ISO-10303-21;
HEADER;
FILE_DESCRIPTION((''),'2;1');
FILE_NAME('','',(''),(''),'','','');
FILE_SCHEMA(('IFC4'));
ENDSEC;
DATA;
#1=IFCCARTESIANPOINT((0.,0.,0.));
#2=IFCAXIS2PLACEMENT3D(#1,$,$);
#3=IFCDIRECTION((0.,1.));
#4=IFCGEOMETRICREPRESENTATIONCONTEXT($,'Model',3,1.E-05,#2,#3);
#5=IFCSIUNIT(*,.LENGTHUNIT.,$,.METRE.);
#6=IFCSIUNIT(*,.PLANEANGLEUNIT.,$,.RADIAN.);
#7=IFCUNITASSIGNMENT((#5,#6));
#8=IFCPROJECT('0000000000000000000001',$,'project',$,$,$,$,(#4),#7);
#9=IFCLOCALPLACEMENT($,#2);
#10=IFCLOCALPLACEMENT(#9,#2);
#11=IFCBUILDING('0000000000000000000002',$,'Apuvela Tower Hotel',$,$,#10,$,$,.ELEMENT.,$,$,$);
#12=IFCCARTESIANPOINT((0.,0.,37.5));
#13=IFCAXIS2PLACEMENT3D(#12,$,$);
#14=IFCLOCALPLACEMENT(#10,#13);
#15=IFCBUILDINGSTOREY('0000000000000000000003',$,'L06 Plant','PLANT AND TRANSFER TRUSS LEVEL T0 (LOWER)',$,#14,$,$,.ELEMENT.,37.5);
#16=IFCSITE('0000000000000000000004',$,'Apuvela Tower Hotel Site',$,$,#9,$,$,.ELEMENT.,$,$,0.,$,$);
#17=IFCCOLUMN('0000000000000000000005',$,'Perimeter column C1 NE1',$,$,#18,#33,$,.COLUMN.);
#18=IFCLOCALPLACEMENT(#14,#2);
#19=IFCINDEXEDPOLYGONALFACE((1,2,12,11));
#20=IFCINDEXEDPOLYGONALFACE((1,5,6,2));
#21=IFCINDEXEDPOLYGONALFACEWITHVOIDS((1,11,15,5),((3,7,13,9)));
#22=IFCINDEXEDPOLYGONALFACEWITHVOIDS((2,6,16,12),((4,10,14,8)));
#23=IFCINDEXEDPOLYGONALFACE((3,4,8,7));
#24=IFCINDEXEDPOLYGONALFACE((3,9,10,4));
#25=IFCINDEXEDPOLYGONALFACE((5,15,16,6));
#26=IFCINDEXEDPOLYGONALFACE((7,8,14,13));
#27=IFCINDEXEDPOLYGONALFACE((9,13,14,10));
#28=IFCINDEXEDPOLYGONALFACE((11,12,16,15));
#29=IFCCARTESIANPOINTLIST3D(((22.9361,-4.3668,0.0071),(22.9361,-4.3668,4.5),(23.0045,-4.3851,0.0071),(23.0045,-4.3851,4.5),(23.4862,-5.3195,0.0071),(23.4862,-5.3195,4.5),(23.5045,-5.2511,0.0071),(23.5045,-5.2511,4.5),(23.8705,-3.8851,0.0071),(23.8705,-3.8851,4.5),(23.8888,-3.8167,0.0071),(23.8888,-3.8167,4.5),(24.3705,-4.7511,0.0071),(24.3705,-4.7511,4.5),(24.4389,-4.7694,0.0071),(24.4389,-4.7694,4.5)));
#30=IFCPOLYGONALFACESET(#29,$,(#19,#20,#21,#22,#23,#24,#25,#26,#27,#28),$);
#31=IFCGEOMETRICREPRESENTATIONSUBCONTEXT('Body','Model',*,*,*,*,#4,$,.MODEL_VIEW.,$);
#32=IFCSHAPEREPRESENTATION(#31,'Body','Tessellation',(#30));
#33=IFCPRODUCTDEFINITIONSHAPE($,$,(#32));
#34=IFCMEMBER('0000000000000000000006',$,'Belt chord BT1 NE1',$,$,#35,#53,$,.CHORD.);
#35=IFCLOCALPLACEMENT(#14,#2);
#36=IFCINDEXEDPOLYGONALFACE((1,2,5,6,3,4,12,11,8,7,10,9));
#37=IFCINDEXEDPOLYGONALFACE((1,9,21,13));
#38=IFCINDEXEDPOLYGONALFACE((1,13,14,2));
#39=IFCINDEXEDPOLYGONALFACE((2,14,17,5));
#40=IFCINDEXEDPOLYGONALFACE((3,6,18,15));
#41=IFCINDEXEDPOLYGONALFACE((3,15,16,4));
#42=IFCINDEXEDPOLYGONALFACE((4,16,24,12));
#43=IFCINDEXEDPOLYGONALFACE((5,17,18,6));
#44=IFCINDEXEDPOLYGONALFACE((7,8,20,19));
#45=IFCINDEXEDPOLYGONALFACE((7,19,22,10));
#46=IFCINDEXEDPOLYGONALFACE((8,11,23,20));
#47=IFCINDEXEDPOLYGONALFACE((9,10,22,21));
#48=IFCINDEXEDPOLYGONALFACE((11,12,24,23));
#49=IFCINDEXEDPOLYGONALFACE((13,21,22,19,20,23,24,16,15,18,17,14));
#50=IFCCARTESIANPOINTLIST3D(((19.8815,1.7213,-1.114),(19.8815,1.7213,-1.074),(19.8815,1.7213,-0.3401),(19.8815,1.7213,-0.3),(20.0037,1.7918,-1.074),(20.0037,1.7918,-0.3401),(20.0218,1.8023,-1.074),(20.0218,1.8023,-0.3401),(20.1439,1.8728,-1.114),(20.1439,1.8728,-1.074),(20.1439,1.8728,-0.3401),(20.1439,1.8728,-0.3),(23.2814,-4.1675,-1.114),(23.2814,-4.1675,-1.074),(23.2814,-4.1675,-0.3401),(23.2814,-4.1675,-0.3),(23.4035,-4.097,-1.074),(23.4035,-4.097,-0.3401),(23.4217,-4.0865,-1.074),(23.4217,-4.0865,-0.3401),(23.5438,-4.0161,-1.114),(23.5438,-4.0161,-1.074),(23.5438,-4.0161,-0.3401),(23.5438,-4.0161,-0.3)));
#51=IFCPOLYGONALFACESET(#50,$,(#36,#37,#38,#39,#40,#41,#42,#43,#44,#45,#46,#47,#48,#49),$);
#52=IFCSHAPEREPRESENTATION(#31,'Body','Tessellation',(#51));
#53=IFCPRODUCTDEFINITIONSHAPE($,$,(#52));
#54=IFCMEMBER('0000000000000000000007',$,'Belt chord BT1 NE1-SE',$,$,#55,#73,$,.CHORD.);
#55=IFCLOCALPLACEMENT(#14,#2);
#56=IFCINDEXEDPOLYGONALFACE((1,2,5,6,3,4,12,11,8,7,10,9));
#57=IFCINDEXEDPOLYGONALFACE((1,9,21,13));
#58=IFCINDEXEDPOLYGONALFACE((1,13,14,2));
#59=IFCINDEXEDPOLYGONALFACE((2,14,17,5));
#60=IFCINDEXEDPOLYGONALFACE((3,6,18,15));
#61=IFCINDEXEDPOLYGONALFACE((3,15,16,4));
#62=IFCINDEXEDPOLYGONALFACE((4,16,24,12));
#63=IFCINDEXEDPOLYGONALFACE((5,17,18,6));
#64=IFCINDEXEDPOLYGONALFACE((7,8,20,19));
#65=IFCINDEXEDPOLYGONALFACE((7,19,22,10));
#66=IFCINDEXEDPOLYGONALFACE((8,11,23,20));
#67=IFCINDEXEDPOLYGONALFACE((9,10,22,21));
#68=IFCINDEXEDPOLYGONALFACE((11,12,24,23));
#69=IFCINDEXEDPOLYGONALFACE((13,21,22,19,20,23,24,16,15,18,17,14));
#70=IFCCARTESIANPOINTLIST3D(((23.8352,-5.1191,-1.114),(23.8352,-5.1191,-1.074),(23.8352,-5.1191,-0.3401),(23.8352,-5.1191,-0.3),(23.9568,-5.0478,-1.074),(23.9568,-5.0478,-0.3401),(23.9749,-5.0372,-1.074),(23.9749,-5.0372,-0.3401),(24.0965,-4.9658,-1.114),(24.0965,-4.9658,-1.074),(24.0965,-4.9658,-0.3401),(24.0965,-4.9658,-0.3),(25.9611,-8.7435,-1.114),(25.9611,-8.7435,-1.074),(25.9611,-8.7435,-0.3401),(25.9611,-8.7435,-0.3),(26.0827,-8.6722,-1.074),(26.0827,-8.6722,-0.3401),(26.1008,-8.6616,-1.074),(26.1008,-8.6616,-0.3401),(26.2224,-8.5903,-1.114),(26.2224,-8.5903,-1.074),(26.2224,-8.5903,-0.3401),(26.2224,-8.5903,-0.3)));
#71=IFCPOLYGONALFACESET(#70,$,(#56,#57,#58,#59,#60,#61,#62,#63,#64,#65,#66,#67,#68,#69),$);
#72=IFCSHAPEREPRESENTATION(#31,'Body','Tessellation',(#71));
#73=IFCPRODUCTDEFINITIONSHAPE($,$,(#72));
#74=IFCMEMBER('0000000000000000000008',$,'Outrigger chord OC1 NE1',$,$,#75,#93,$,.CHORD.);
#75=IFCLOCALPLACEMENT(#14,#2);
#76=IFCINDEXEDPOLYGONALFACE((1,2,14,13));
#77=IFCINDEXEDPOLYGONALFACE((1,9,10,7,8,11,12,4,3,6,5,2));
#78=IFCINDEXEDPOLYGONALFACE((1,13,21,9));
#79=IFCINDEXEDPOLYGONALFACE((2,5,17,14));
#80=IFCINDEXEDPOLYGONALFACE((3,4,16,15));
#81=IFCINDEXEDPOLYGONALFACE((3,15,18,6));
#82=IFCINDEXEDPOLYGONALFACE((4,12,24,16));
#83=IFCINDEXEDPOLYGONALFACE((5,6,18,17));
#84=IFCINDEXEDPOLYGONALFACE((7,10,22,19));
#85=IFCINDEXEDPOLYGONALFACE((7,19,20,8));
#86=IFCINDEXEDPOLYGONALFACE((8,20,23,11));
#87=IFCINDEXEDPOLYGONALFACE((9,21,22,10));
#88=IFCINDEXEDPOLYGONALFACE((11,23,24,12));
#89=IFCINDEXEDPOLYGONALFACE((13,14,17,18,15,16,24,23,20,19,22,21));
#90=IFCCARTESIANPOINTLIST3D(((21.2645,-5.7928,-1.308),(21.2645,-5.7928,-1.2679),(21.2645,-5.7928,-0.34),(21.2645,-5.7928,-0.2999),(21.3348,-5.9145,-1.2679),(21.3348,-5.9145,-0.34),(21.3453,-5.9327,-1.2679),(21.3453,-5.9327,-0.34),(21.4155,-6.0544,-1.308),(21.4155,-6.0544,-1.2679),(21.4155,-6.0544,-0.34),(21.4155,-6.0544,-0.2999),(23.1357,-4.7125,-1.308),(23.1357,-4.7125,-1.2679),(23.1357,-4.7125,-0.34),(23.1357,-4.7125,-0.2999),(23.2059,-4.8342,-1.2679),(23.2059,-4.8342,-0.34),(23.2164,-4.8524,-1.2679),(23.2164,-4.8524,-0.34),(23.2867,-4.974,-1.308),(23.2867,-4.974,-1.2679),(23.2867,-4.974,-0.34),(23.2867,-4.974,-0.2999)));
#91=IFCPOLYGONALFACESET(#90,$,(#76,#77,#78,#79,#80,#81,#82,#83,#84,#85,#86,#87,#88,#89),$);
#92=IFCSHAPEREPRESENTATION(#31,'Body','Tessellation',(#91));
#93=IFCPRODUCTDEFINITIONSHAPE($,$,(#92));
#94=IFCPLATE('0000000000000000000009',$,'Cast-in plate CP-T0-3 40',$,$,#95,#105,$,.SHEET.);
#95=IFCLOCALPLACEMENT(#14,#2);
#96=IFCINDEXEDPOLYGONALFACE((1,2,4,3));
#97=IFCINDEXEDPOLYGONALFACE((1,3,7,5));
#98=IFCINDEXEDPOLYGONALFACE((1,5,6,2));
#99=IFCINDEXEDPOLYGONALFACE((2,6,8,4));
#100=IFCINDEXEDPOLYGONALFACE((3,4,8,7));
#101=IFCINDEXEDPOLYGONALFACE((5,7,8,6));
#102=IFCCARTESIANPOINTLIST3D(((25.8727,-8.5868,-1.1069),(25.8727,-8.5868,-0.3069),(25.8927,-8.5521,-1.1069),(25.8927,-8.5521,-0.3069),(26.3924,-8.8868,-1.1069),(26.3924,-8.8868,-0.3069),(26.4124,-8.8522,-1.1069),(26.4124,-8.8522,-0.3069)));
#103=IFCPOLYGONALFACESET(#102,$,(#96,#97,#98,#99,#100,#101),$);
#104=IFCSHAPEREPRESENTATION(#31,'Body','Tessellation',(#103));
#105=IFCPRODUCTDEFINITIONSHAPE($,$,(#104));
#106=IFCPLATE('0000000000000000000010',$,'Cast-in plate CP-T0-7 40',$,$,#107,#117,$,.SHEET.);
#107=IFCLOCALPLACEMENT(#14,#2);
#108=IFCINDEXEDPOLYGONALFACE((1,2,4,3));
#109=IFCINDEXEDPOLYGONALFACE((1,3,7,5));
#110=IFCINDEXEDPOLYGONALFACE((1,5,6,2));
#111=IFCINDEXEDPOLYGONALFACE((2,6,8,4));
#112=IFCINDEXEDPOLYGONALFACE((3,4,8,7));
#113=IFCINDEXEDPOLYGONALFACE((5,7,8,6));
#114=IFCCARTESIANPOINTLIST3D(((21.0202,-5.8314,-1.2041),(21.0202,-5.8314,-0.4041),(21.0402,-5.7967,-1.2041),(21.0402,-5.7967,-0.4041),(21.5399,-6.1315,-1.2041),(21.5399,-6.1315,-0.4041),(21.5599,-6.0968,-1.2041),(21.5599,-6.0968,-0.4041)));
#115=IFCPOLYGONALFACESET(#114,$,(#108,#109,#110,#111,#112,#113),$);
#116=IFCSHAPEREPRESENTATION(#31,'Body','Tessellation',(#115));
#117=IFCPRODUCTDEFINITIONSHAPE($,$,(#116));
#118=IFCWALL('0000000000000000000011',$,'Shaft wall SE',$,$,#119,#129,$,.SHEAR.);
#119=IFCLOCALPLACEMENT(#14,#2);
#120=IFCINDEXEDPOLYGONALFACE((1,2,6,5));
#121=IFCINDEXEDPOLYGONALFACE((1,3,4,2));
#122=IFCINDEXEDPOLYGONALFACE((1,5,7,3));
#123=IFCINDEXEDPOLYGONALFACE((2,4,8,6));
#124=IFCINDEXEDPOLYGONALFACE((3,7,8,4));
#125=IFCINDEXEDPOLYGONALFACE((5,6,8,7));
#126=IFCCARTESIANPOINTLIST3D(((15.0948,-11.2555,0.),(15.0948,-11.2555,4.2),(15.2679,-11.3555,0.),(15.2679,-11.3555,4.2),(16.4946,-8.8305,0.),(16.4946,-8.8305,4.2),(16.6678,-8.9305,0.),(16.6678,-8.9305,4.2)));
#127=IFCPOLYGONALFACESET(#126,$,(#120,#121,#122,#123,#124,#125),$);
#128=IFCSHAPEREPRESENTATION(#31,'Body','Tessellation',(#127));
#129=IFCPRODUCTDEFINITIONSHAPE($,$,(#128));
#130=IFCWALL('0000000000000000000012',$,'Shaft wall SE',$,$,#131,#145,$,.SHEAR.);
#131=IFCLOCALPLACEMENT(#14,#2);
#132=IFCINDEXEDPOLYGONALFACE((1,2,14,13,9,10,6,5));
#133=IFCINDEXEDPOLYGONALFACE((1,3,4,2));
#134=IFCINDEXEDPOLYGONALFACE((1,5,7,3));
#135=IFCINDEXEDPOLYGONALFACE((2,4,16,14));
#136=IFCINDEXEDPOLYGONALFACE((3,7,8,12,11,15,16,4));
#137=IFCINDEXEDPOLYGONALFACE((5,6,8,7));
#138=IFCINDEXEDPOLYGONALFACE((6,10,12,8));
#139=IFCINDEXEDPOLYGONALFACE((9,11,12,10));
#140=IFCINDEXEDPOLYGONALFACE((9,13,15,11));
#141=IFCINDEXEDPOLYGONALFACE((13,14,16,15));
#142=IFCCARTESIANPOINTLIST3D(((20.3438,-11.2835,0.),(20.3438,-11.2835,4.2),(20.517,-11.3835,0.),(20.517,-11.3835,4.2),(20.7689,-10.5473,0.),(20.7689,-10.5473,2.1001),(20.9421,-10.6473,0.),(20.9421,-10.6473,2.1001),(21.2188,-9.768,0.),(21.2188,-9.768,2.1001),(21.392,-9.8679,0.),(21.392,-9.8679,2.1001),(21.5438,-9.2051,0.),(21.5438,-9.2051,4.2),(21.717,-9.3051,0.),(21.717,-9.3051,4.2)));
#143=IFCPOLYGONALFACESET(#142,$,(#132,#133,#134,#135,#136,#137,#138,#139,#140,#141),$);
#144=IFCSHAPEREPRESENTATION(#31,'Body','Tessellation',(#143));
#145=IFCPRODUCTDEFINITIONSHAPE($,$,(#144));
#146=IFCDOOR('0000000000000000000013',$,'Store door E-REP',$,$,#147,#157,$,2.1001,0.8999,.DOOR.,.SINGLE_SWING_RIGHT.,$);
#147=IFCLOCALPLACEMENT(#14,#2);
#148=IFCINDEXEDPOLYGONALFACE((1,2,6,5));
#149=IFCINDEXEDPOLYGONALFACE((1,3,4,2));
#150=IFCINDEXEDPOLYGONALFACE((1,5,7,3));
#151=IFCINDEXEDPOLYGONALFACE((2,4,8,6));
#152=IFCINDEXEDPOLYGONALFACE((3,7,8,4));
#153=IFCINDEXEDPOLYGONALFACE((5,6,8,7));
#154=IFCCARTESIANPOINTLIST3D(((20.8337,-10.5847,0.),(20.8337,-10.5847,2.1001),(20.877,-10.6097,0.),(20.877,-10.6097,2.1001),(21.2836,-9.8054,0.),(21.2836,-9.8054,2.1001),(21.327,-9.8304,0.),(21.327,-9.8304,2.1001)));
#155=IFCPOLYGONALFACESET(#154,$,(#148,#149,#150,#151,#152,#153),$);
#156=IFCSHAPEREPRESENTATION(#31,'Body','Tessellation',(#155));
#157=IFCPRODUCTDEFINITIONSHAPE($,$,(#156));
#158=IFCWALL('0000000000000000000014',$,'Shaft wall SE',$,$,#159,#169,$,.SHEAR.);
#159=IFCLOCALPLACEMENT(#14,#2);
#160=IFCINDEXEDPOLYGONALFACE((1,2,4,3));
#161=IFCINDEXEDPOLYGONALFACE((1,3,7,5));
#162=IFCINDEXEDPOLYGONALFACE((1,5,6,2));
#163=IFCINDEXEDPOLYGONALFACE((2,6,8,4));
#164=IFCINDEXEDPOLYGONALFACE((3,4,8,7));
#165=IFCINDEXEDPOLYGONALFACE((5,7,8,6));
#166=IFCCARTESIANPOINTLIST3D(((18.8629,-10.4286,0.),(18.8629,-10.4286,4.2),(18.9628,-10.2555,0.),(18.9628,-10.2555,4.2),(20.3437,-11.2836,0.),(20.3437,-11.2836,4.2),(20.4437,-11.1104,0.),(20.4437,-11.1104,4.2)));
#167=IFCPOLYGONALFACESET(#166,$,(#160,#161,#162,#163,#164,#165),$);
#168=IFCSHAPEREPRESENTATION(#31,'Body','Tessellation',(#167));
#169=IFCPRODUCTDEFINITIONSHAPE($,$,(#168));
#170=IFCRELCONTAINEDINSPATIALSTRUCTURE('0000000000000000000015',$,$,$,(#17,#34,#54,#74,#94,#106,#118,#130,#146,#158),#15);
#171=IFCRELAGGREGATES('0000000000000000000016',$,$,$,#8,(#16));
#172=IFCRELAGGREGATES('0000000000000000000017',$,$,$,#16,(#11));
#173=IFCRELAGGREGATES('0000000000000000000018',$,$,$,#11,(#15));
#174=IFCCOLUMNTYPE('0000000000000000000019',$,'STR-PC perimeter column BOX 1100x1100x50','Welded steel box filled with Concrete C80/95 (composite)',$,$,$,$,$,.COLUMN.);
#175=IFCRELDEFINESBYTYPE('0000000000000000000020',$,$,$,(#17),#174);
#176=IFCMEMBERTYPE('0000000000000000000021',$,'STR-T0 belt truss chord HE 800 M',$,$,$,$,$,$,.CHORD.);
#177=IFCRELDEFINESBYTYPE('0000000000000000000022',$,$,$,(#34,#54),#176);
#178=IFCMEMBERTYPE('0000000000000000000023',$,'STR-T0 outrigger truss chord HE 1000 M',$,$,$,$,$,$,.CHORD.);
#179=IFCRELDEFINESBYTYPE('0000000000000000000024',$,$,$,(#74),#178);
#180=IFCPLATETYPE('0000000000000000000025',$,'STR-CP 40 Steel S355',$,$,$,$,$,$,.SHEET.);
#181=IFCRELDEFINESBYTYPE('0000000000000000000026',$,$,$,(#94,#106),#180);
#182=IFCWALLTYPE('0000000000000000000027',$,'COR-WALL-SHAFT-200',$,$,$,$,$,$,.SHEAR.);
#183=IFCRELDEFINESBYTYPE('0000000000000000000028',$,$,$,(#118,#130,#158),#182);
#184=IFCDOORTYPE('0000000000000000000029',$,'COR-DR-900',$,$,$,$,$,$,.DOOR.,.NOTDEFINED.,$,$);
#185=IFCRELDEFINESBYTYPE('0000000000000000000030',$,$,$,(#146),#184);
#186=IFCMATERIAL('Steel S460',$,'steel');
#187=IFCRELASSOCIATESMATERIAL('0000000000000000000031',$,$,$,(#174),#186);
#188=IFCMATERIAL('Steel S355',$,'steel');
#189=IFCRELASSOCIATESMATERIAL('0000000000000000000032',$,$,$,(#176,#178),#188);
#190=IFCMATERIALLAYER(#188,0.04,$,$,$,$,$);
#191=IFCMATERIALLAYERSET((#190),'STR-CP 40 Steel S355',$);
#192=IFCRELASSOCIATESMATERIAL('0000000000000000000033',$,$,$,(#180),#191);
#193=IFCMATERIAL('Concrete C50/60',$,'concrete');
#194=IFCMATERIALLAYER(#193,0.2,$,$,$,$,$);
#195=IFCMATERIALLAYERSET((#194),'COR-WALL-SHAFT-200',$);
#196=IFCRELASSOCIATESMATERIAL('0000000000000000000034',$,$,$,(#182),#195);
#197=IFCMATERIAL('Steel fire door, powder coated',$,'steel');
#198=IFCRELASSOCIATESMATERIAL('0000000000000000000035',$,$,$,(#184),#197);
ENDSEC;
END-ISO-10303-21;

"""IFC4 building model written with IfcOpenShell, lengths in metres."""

from ifc_helpers import new_model, si_unit, direction, frame, frame_2d, origin, origin_2d, place, context, subcontext, project, spatial, rectangle, hollow_rectangle, i_section, extrude, boolean, halfspace, material, layer, layer_set, material_profile, profile_set, type_object, element, fill, save


model = new_model("IFC4")

# Units and contexts
model_context = context("Model", 3, precision=1e-05, world=origin(), true_north=direction((0.0, 1.0)))
body_context = subcontext(model_context, "Body", "Model", "MODEL_VIEW")
ifc_project = project(units=[si_unit("LENGTHUNIT", "METRE"), si_unit("PLANEANGLEUNIT", "RADIAN")], contexts=[model_context])

# Site, building, storey
site_placement = place(None, origin())
site = spatial("IfcSite", under=ifc_project, at=site_placement, Name="Apuvela Tower Hotel Site", CompositionType="ELEMENT", RefElevation=0.0)
building_placement = place(site_placement, origin())
building = spatial("IfcBuilding", under=site, at=building_placement, Name="Apuvela Tower Hotel", CompositionType="ELEMENT")
storey_placement = place(building_placement, frame((0.0, 0.0, 37.5)))
storey = spatial("IfcBuildingStorey", under=building, at=storey_placement, Name="L06 Plant", Description="PLANT AND TRANSFER TRUSS LEVEL T0 (LOWER)", CompositionType="ELEMENT", Elevation=37.5)

# Column
ifc_material_1 = material(Name="Steel S460", Category="steel")
ifc_material_profile_1 = material_profile(ifc_material_1, hollow_rectangle(XDim=1.1001, YDim=1.1001, WallThickness=0.05, at=origin_2d()), Name="BOX 1100x1100x50")
ifc_material_2 = material(Name="Concrete C80/95", Category="concrete")
ifc_material_profile_2 = material_profile(ifc_material_2, rectangle(XDim=1.0, YDim=1.0, at=origin_2d()), Name="Concrete C80/95 infill")
ifc_profile_set_1 = profile_set([ifc_material_profile_1, ifc_material_profile_2], Name="Steel S460")
column_type = type_object("IfcColumnType", Name="STR-PC perimeter column BOX 1100x1100x50", Description="Welded steel box filled with Concrete C80/95 (composite)", PredefinedType="COLUMN", material=ifc_profile_set_1)
column_placement = place(storey_placement, frame((23.6875, -4.5681, 0.0), z_axis=(0.0, 0.0, 1.0), x_axis=(-0.5, 0.866025, 0.0)))
element("IfcColumn", 1, at=column_placement, inside=storey, type_object=column_type, Name="Perimeter column C1 NE1", PredefinedType="COLUMN", context=body_context, shape_type="SweptSolid", body=[
    boolean("DIFFERENCE", extrude(hollow_rectangle(XDim=1.1001, YDim=1.1001, WallThickness=0.05, at=origin_2d()), origin(), (0.0, 0.0, 1.0), 4.5), halfspace(frame((0.0, 0.0, 0.0071), z_axis=(0.0, 0.0, 1.0), x_axis=(1.0, 0.0, 0.0)), True)),
])

# Members
ifc_material_3 = material(Name="Steel S355", Category="steel")
ifc_material_profile_3 = material_profile(ifc_material_3, i_section(OverallWidth=0.303, OverallDepth=0.814, WebThickness=0.021, FlangeThickness=0.04, at=origin_2d()), Name="HE 800 M")
ifc_profile_set_2 = profile_set([ifc_material_profile_3], Name="Steel S355")
member_type_1 = type_object("IfcMemberType", Name="STR-T0 belt truss chord HE 800 M", PredefinedType="CHORD", material=ifc_profile_set_2)
member_1_placement = place(storey_placement, frame((23.4126, -4.0918, -0.707), z_axis=(-0.499993, 0.86603, 0.0), x_axis=(-0.86603, -0.499993, 0.0)))
element("IfcMember", 2, at=member_1_placement, inside=storey, type_object=member_type_1, Name="Belt chord BT1 NE1", PredefinedType="CHORD", context=body_context, shape_type="SweptSolid", body=[
    extrude(i_section(OverallWidth=0.303, OverallDepth=0.814, WebThickness=0.021, FlangeThickness=0.04, at=origin_2d()), origin(), (0.0, 0.0, 1.0), 6.7998),
])
member_2_placement = place(storey_placement, frame((23.9658, -5.0425, -0.707), z_axis=(0.505943, -0.862567, 0.0), x_axis=(0.862567, 0.505943, 0.0)))
element("IfcMember", 3, at=member_2_placement, inside=storey, type_object=member_type_1, Name="Belt chord BT1 NE1-SE", PredefinedType="CHORD", context=body_context, shape_type="SweptSolid", body=[
    extrude(i_section(OverallWidth=0.303, OverallDepth=0.814, WebThickness=0.021, FlangeThickness=0.04, at=origin_2d()), origin(), (0.0, 0.0, 1.0), 4.2019),
])
ifc_material_profile_4 = material_profile(ifc_material_3, i_section(OverallWidth=0.302, OverallDepth=1.0081, WebThickness=0.021, FlangeThickness=0.04, at=origin_2d()), Name="HE 1000 M")
ifc_profile_set_3 = profile_set([ifc_material_profile_4], Name="Steel S355")
member_type_2 = type_object("IfcMemberType", Name="STR-T0 outrigger truss chord HE 1000 M", PredefinedType="CHORD", material=ifc_profile_set_3)
member_3_placement = place(storey_placement, frame((23.2112, -4.8433, -0.804), z_axis=(-0.866016, -0.500016, 0.0), x_axis=(0.500016, -0.866016, 0.0)))
element("IfcMember", 4, at=member_3_placement, inside=storey, type_object=member_type_2, Name="Outrigger chord OC1 NE1", PredefinedType="CHORD", context=body_context, shape_type="SweptSolid", body=[
    extrude(i_section(OverallWidth=0.302, OverallDepth=1.0081, WebThickness=0.021, FlangeThickness=0.04, at=origin_2d()), origin(), (0.0, 0.0, 1.0), 2.1606),
])

# Plates
ifc_layer_1 = layer(ifc_material_3, 0.04)
ifc_layer_set_1 = layer_set([ifc_layer_1], Name="STR-CP 40 Steel S355")
plate_type = type_object("IfcPlateType", Name="STR-CP 40 Steel S355", PredefinedType="SHEET", material=ifc_layer_set_1)
for number, where, z_axis, x_axis, name in (
    (5, (26.1426, -8.7195, -1.1069), (0.0, 0.0, 1.0), (0.5, 0.866025, 0.0), "Cast-in plate CP-T0-3 40"),
    (6, (21.29, -5.9641, -1.2041), (0.0, 0.0, 1.0), (-0.5, -0.866025, 0.0), "Cast-in plate CP-T0-7 40"),
):
    element("IfcPlate", number, at=place(storey_placement, frame(where, z_axis=z_axis, x_axis=x_axis)), inside=storey, type_object=plate_type, Name=name, PredefinedType="SHEET", context=body_context, shape_type="SweptSolid", body=[
        extrude(rectangle(XDim=0.04, YDim=0.6001, at=origin_2d()), origin(), (0.0, 0.0, 1.0), 0.8),
    ])

# Wall
ifc_material_4 = material(Name="Concrete C50/60", Category="concrete")
ifc_layer_2 = layer(ifc_material_4, 0.2)
ifc_layer_set_2 = layer_set([ifc_layer_2], Name="COR-WALL-SHAFT-200")
wall_type_1 = type_object("IfcWallType", Name="COR-WALL-SHAFT-200", PredefinedType="SHEAR", material=ifc_layer_set_2)
wall_1_placement = place(storey_placement, frame((15.1814, -11.3054, 0.0), z_axis=(0.0, 0.0, 1.0), x_axis=(0.499946, 0.866056, 0.0)))
element("IfcWall", 7, at=wall_1_placement, inside=storey, type_object=wall_type_1, Name="Shaft wall SE", PredefinedType="SHEAR", context=body_context, shape_type="SweptSolid", body=[
    extrude(rectangle(XDim=2.8, YDim=0.2, at=frame_2d((1.3999, 0.0))), origin(), (0.0, 0.0, 1.0), 4.2),
])

# Wall, opening, door
wall_2_placement = place(storey_placement, frame((20.4304, -11.3335, 0.0), z_axis=(0.0, 0.0, 1.0), x_axis=(0.500001, 0.866025, 0.0)))
wall_2 = element("IfcWall", 8, at=wall_2_placement, inside=storey, type_object=wall_type_1, Name="Shaft wall SE", PredefinedType="SHEAR", context=body_context, shape_type="SweptSolid", body=[
    extrude(rectangle(XDim=2.3999, YDim=0.2, at=frame_2d((1.2, 0.0))), origin(), (0.0, 0.0, 1.0), 4.2),
])
opening_placement = place(wall_2_placement, frame((0.8501, 0.0, 0.0)))
opening = element("IfcOpeningElement", 9, at=opening_placement, cuts=wall_2, PredefinedType="OPENING", context=body_context, shape_type="SweptSolid", body=[
    extrude(rectangle(XDim=0.8999, YDim=2.1001, at=frame_2d((0.45, 1.05))), frame((0.0, 0.1099, 0.0), z_axis=(0.0, -1.0, 0.0), x_axis=(1.0, 0.0, 0.0)), (0.0, 0.0, 1.0), 0.22),
])
ifc_material_5 = material(Name="Steel fire door, powder coated", Category="steel")
door_type = type_object("IfcDoorType", Name="COR-DR-900", OperationType="NOTDEFINED", PredefinedType="DOOR", material=ifc_material_5)
door_placement = place(opening_placement, frame((0.8999, 0.0, 0.0), z_axis=(0.0, 0.0, 1.0), x_axis=(-1.0, 0.0, 0.0)))
door = element("IfcDoor", 10, at=door_placement, inside=storey, type_object=door_type, Name="Store door E-REP", OperationType="SINGLE_SWING_RIGHT", OverallHeight=2.1001, OverallWidth=0.8999, PredefinedType="DOOR", context=body_context, shape_type="SweptSolid", body=[
    extrude(rectangle(XDim=0.8999, YDim=2.1001, at=frame_2d((0.45, 1.05))), frame((0.0, 0.0249, 0.0), z_axis=(0.0, -1.0, 0.0), x_axis=(1.0, 0.0, 0.0)), (0.0, 0.0, 1.0), 0.05),
])
fill(opening, door)

# Wall
wall_3_placement = place(storey_placement, frame((18.9128, -10.342, 0.0), z_axis=(0.0, 0.0, 1.0), x_axis=(0.866038, -0.499978, 0.0)))
element("IfcWall", 11, at=wall_3_placement, inside=storey, type_object=wall_type_1, Name="Shaft wall SE", PredefinedType="SHEAR", context=body_context, shape_type="SweptSolid", body=[
    extrude(rectangle(XDim=1.71, YDim=0.2, at=frame_2d((0.855, 0.0))), origin(), (0.0, 0.0, 1.0), 4.2),
])

save(model, "model.ifc")
